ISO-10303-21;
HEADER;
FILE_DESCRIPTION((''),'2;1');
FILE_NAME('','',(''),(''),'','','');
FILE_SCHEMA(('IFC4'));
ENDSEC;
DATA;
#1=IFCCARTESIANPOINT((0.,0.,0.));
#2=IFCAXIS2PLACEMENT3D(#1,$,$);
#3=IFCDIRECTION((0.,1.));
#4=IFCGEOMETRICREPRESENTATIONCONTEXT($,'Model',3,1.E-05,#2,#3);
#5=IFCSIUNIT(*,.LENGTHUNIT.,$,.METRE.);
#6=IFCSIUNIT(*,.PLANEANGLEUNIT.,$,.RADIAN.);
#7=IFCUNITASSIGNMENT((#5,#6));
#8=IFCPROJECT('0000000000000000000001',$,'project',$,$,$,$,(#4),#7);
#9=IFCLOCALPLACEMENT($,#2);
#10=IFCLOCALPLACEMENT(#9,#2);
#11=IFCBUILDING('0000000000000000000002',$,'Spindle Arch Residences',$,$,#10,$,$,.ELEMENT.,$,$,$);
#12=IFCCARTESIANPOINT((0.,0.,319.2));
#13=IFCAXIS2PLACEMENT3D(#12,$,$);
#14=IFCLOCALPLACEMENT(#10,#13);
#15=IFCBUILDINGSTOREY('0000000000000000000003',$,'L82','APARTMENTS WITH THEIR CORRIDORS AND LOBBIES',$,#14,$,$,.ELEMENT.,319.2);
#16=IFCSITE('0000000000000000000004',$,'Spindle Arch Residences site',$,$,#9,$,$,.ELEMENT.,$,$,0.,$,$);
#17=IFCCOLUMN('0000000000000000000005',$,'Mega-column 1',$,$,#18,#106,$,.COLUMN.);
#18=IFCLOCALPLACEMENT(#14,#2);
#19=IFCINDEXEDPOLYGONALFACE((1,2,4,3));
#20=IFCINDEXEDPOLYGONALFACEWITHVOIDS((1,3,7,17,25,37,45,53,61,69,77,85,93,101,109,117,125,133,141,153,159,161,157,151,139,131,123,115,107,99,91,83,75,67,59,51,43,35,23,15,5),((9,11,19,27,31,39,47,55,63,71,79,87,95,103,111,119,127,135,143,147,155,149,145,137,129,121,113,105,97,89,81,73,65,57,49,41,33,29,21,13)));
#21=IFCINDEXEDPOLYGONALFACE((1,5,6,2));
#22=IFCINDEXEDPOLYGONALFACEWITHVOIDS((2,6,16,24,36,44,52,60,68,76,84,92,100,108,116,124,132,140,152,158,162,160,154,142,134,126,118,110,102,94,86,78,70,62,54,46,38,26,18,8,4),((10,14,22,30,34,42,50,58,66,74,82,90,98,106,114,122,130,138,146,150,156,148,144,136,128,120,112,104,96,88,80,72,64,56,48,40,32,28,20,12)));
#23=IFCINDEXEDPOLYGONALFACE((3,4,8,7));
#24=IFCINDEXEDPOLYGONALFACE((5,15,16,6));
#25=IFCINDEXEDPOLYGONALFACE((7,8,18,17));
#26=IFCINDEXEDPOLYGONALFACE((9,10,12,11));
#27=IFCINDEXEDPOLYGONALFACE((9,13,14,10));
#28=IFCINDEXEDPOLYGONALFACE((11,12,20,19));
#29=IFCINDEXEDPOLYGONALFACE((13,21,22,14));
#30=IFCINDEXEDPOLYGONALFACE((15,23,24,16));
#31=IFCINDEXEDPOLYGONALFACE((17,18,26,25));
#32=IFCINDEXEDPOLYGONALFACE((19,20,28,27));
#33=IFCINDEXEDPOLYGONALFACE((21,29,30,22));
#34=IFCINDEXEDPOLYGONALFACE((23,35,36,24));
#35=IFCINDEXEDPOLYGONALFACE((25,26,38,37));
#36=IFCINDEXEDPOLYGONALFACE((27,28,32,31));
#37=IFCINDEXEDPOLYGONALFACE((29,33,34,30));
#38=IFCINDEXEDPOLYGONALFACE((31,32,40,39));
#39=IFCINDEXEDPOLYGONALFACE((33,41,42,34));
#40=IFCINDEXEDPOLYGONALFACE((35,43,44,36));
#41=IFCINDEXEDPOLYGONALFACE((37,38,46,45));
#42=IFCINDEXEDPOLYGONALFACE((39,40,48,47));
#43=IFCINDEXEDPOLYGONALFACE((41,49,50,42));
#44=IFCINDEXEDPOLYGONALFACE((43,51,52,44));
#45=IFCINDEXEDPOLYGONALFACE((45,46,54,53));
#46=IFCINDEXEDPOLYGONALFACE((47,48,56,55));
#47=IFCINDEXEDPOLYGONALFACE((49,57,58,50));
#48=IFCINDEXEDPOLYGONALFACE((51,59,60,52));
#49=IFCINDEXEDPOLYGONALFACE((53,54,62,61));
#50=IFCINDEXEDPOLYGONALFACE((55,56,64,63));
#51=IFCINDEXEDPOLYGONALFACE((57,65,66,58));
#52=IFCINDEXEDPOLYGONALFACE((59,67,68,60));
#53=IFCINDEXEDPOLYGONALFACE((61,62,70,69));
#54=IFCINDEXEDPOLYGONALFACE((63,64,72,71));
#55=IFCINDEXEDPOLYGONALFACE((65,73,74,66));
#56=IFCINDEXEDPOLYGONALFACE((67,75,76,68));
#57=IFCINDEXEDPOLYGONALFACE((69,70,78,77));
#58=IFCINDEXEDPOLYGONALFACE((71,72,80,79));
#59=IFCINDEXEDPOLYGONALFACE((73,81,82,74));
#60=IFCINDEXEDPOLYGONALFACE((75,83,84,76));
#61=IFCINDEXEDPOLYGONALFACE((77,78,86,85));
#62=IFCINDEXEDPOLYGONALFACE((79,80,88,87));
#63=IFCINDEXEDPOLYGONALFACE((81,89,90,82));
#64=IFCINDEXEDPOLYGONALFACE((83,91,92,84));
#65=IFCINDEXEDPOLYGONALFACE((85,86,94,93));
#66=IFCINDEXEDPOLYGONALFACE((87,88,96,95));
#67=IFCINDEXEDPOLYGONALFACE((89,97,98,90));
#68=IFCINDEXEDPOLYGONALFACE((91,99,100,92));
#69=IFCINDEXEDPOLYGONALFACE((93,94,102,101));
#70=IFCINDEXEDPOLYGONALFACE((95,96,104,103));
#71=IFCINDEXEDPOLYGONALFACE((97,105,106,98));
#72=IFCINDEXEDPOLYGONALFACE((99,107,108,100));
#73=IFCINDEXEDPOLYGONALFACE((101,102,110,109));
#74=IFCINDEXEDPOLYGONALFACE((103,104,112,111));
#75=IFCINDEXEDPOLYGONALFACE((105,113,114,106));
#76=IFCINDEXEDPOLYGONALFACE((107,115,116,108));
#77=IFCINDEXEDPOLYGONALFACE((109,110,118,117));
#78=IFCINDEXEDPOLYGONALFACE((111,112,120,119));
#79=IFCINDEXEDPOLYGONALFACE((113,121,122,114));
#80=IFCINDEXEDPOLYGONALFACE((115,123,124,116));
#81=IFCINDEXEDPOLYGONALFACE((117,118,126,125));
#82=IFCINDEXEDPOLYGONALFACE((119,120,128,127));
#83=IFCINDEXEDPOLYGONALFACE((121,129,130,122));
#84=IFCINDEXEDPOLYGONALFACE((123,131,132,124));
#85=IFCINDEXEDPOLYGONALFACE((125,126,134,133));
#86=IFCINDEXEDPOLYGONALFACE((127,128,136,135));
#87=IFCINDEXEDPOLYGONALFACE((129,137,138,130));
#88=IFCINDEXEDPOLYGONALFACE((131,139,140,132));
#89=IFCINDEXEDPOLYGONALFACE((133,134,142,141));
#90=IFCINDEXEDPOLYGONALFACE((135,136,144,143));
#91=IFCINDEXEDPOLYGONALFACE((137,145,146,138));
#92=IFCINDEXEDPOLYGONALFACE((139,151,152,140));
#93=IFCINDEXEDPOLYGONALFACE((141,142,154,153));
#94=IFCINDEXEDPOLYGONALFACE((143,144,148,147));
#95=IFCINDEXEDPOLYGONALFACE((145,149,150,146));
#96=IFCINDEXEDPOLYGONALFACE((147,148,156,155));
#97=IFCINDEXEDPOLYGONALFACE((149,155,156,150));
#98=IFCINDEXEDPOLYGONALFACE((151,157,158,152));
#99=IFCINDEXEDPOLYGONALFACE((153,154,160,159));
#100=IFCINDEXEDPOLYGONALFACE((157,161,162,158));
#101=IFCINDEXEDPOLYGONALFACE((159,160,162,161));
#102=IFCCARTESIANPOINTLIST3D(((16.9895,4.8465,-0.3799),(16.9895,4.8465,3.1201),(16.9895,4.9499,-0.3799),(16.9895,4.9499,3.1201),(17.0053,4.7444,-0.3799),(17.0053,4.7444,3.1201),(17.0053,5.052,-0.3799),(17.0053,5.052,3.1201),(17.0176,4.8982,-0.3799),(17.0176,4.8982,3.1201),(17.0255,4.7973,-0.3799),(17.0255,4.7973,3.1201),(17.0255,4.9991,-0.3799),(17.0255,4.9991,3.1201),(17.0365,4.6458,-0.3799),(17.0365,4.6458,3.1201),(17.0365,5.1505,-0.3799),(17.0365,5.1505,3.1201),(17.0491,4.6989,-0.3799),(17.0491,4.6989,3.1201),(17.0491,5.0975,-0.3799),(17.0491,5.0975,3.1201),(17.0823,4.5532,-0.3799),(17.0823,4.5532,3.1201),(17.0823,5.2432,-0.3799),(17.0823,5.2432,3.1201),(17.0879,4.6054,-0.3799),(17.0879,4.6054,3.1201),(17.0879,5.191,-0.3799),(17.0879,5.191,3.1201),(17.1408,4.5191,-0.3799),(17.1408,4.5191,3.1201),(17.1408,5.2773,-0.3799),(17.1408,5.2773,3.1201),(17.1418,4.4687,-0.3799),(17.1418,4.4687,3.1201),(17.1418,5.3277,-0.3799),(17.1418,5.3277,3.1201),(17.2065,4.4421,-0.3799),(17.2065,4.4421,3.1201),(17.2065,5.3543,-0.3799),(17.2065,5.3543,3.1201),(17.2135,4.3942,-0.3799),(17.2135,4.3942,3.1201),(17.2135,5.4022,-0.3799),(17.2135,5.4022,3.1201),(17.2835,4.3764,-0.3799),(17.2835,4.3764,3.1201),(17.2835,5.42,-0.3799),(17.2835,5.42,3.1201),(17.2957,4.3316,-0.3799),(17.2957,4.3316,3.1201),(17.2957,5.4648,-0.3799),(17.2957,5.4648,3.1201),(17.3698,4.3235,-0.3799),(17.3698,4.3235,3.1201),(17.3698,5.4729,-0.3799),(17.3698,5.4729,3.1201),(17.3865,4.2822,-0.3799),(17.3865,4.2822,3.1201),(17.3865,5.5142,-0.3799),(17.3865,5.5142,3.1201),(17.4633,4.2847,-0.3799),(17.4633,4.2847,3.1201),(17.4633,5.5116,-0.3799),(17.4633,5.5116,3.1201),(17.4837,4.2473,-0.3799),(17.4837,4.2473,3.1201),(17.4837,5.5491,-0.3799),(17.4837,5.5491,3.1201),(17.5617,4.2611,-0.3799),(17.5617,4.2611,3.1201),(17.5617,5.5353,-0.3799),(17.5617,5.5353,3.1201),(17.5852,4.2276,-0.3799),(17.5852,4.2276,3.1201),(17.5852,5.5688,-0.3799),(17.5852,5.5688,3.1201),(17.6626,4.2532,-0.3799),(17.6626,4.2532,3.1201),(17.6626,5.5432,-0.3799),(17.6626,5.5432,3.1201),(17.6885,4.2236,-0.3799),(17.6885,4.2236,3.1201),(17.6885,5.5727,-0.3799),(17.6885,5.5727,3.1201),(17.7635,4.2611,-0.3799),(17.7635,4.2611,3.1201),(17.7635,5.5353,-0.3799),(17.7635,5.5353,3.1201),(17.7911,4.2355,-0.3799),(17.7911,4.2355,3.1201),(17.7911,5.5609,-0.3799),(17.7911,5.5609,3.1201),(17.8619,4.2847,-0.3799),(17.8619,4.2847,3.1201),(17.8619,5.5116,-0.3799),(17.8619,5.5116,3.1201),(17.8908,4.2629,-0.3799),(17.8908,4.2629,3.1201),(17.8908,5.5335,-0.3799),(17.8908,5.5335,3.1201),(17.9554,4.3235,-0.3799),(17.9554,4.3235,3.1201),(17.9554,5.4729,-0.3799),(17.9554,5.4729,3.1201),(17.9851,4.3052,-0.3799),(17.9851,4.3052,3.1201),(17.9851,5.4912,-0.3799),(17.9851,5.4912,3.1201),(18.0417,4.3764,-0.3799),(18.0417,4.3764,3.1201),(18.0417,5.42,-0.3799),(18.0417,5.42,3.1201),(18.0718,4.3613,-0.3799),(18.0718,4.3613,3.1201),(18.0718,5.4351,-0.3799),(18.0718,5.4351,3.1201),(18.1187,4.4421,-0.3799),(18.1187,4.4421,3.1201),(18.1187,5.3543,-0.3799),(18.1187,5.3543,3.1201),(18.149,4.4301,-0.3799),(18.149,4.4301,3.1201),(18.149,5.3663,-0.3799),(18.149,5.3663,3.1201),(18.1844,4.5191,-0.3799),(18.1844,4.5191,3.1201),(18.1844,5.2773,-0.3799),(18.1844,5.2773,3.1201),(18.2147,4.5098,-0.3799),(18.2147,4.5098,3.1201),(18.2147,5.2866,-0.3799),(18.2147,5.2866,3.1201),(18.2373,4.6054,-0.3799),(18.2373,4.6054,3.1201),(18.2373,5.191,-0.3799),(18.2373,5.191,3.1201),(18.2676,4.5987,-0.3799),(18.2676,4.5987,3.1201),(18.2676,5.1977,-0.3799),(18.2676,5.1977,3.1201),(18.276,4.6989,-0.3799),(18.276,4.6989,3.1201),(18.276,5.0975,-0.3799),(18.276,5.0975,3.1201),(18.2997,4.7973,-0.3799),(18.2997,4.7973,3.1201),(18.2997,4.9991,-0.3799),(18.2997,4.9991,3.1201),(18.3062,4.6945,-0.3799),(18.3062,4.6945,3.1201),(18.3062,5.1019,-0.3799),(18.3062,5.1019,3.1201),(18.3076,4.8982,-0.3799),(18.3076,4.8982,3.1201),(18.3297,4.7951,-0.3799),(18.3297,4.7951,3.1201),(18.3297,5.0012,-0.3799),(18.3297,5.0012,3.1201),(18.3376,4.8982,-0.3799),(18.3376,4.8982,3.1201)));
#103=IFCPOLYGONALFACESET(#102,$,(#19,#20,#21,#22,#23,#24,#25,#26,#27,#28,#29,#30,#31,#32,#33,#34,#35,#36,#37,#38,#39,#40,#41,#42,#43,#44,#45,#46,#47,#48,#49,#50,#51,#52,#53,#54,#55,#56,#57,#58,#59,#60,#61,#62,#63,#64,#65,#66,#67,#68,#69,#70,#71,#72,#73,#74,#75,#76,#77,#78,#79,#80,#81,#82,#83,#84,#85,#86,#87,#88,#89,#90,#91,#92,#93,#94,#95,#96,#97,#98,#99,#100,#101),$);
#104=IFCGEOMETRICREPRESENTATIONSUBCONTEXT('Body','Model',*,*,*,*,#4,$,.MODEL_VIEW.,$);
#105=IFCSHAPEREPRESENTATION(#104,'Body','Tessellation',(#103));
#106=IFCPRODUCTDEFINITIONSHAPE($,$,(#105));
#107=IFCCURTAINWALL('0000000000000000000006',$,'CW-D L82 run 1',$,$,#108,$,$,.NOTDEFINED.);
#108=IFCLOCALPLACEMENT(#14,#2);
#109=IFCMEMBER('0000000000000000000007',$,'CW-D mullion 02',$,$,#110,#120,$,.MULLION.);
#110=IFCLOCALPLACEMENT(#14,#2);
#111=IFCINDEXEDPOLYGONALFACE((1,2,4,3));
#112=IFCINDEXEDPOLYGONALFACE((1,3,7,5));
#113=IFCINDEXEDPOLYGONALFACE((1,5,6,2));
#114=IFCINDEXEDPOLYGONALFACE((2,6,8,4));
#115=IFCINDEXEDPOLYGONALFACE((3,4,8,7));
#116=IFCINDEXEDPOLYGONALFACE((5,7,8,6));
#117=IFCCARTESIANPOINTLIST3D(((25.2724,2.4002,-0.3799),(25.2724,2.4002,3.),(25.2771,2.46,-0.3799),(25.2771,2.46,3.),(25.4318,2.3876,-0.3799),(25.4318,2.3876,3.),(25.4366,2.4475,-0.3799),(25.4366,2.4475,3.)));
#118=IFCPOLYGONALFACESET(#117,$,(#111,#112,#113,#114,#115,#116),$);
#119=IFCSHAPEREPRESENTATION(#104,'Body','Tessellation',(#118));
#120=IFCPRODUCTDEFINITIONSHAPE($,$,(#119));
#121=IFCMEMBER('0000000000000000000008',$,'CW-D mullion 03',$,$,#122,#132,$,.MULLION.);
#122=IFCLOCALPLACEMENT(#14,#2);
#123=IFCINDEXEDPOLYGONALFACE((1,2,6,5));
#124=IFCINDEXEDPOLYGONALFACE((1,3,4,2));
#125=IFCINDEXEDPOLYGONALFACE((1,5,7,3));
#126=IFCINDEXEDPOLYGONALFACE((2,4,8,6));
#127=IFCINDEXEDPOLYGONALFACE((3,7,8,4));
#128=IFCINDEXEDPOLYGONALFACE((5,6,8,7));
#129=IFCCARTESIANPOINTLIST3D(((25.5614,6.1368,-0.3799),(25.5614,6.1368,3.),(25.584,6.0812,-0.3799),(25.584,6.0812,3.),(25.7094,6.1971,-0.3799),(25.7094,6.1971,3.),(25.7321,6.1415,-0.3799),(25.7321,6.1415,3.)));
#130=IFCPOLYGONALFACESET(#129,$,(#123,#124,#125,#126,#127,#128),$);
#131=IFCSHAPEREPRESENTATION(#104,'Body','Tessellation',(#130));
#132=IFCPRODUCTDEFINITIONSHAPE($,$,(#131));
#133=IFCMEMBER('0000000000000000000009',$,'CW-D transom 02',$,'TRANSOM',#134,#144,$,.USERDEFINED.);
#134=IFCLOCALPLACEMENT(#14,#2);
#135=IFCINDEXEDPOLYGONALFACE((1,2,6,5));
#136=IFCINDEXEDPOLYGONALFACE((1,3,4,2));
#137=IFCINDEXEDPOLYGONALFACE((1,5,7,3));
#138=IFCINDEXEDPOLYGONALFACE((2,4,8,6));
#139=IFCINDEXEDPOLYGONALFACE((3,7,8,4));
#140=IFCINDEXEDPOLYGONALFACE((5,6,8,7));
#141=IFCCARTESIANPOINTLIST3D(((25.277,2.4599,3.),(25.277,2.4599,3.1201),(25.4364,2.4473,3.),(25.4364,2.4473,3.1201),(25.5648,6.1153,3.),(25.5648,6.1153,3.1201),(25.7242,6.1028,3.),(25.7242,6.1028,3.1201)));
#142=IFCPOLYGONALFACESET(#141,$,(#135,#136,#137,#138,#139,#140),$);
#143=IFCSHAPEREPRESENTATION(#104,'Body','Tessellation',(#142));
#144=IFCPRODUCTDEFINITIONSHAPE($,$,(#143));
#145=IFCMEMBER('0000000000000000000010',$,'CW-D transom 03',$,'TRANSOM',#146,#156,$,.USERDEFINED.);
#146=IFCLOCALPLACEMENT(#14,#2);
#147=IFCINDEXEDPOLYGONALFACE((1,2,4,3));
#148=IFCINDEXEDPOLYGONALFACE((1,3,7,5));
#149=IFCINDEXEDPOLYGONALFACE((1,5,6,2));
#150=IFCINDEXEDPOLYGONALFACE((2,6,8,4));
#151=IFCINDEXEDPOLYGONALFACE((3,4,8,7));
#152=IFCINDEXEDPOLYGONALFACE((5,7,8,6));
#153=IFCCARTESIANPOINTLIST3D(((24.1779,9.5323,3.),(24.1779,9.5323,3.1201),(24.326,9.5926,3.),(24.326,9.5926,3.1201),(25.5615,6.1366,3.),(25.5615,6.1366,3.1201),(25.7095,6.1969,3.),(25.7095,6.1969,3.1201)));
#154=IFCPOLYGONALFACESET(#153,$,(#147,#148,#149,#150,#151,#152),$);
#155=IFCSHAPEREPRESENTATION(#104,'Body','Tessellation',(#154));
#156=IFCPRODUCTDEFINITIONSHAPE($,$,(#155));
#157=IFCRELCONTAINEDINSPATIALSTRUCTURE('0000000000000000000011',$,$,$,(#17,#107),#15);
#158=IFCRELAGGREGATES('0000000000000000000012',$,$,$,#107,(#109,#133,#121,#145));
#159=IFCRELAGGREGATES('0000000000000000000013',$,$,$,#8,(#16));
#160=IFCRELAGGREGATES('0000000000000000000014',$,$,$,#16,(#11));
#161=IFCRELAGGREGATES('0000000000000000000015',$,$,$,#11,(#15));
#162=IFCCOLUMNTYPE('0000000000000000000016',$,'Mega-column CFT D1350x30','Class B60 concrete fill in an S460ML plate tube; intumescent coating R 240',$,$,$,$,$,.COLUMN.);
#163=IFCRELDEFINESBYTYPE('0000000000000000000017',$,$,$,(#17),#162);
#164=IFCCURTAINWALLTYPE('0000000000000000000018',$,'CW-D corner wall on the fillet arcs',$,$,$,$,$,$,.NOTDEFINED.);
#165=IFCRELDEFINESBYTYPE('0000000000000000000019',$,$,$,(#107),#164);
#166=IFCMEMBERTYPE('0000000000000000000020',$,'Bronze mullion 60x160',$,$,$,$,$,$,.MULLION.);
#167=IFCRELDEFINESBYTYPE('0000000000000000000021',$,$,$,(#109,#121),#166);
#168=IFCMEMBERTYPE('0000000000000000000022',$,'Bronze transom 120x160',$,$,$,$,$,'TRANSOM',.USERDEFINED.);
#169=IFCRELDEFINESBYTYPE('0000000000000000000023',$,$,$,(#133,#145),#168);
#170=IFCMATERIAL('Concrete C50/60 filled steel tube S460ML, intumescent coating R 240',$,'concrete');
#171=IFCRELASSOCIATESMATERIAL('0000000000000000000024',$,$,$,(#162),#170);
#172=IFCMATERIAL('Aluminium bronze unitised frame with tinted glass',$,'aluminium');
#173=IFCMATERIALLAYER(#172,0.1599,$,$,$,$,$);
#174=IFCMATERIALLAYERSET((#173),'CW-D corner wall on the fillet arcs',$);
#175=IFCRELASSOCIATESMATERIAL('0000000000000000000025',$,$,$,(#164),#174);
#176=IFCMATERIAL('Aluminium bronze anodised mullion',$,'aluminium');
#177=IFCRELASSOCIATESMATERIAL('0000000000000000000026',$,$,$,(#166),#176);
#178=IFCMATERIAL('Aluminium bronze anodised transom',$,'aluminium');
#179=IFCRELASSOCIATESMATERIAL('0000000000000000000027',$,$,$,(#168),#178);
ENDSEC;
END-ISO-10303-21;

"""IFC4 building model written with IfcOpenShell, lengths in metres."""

from ifc_helpers import new_model, si_unit, direction, frame, origin, origin_2d, place, context, subcontext, project, spatial, rectangle, hollow_circle, extrude, material, layer, layer_set, material_profile, profile_set, type_object, element, aggregate, save


model = new_model("IFC4")

# Units and contexts
model_context = context("Model", 3, precision=1e-05, world=origin(), true_north=direction((0.0, 1.0)))
body_context = subcontext(model_context, "Body", "Model", "MODEL_VIEW")
ifc_project = project(units=[si_unit("LENGTHUNIT", "METRE"), si_unit("PLANEANGLEUNIT", "RADIAN")], contexts=[model_context])

# Site, building, storey
site_placement = place(None, origin())
site = spatial("IfcSite", under=ifc_project, at=site_placement, Name="Spindle Arch Residences site", CompositionType="ELEMENT", RefElevation=0.0)
building_placement = place(site_placement, origin())
building = spatial("IfcBuilding", under=site, at=building_placement, Name="Spindle Arch Residences", CompositionType="ELEMENT")
storey_placement = place(building_placement, frame((0.0, 0.0, 319.2)))
storey = spatial("IfcBuildingStorey", under=building, at=storey_placement, Name="L82", Description="APARTMENTS WITH THEIR CORRIDORS AND LOBBIES", CompositionType="ELEMENT", Elevation=319.2)

# Column
ifc_material_1 = material(Name="Concrete C50/60 filled steel tube S460ML, intumescent coating R 240", Category="concrete")
ifc_material_profile_1 = material_profile(ifc_material_1, hollow_circle(Radius=0.675, WallThickness=0.03, at=origin_2d()), Name="CFT D1350x30")
ifc_profile_set_1 = profile_set([ifc_material_profile_1], Name="Concrete C50/60 filled steel tube S460ML, intumescent coating R 240")
column_type = type_object("IfcColumnType", Name="Mega-column CFT D1350x30", Description="Class B60 concrete fill in an S460ML plate tube; intumescent coating R 240", PredefinedType="COLUMN", material=ifc_profile_set_1)
column_placement = place(storey_placement, frame((17.6626, 4.8982, -0.3799), z_axis=(0.0, 0.0, 1.0), x_axis=(1.0, 0.0, 0.0)))
element("IfcColumn", 1, at=column_placement, inside=storey, type_object=column_type, Name="Mega-column 1", PredefinedType="COLUMN", context=body_context, shape_type="SweptSolid", body=[
    extrude(hollow_circle(Radius=0.675, WallThickness=0.03, at=origin_2d()), origin(), (0.0, 0.0, 1.0), 3.5),
])

# Curtain wall, members
ifc_material_2 = material(Name="Aluminium bronze unitised frame with tinted glass", Category="aluminium")
ifc_layer_1 = layer(ifc_material_2, 0.1599)
ifc_layer_set_1 = layer_set([ifc_layer_1], Name="CW-D corner wall on the fillet arcs")
curtain_wall_type = type_object("IfcCurtainWallType", Name="CW-D corner wall on the fillet arcs", PredefinedType="NOTDEFINED", material=ifc_layer_set_1)
curtain_wall_placement = place(storey_placement, origin())
curtain_wall = element("IfcCurtainWall", 2, at=curtain_wall_placement, inside=storey, type_object=curtain_wall_type, Name="CW-D L82 run 1", PredefinedType="NOTDEFINED")
ifc_material_3 = material(Name="Aluminium bronze anodised mullion", Category="aluminium")
ifc_material_profile_2 = material_profile(ifc_material_3, rectangle(XDim=0.1599, YDim=0.0601, at=origin_2d()), Name="MU 60x160")
ifc_profile_set_2 = profile_set([ifc_material_profile_2], Name="Aluminium bronze anodised mullion")
member_type_1 = type_object("IfcMemberType", Name="Bronze mullion 60x160", PredefinedType="MULLION", material=ifc_profile_set_2)
member_1_placement = place(storey_placement, frame((25.3545, 2.4238, -0.3799), z_axis=(0.0, 0.0, 1.0), x_axis=(-0.996917, 0.078459, 0.0)))
member_1 = element("IfcMember", 3, at=member_1_placement, type_object=member_type_1, Name="CW-D mullion 02", PredefinedType="MULLION", context=body_context, shape_type="SweptSolid", body=[
    extrude(rectangle(XDim=0.1599, YDim=0.0601, at=origin_2d()), origin(), (0.0, 0.0, 1.0), 3.3799),
])
member_2_placement = place(storey_placement, frame((25.6467, 6.1392, -0.3799), z_axis=(0.0, 0.0, 1.0), x_axis=(-0.92609, -0.377302, 0.0)))
member_2 = element("IfcMember", 4, at=member_2_placement, type_object=member_type_1, Name="CW-D mullion 03", PredefinedType="MULLION", context=body_context, shape_type="SweptSolid", body=[
    extrude(rectangle(XDim=0.1599, YDim=0.0601, at=origin_2d()), origin(), (0.0, 0.0, 1.0), 3.3799),
])
ifc_material_4 = material(Name="Aluminium bronze anodised transom", Category="aluminium")
ifc_material_profile_3 = material_profile(ifc_material_4, rectangle(XDim=0.1599, YDim=0.1201, at=origin_2d()), Name="TR 120x160")
ifc_profile_set_3 = profile_set([ifc_material_profile_3], Name="Aluminium bronze anodised transom")
member_type_2 = type_object("IfcMemberType", Name="Bronze transom 120x160", ElementType="TRANSOM", PredefinedType="USERDEFINED", material=ifc_profile_set_3)
member_3_placement = place(storey_placement, frame((25.3567, 2.4536, 3.0601), z_axis=(0.078499, 0.996914, 0.0), x_axis=(-0.996914, 0.078499, 0.0)))
member_3 = element("IfcMember", 5, at=member_3_placement, type_object=member_type_2, Name="CW-D transom 02", ObjectType="TRANSOM", PredefinedType="USERDEFINED", context=body_context, shape_type="SweptSolid", body=[
    extrude(rectangle(XDim=0.1599, YDim=0.1201, at=origin_2d()), origin(), (0.0, 0.0, 1.0), 3.6667),
])
member_4_placement = place(storey_placement, frame((25.6355, 6.1667, 3.0601), z_axis=(-0.377318, 0.926084, 0.0), x_axis=(-0.926084, -0.377318, 0.0)))
member_4 = element("IfcMember", 6, at=member_4_placement, type_object=member_type_2, Name="CW-D transom 03", ObjectType="TRANSOM", PredefinedType="USERDEFINED", context=body_context, shape_type="SweptSolid", body=[
    extrude(rectangle(XDim=0.1599, YDim=0.1201, at=origin_2d()), origin(), (0.0, 0.0, 1.0), 3.6667),
])

aggregate(curtain_wall, [member_1, member_3, member_2, member_4])

save(model, "model.ifc")
